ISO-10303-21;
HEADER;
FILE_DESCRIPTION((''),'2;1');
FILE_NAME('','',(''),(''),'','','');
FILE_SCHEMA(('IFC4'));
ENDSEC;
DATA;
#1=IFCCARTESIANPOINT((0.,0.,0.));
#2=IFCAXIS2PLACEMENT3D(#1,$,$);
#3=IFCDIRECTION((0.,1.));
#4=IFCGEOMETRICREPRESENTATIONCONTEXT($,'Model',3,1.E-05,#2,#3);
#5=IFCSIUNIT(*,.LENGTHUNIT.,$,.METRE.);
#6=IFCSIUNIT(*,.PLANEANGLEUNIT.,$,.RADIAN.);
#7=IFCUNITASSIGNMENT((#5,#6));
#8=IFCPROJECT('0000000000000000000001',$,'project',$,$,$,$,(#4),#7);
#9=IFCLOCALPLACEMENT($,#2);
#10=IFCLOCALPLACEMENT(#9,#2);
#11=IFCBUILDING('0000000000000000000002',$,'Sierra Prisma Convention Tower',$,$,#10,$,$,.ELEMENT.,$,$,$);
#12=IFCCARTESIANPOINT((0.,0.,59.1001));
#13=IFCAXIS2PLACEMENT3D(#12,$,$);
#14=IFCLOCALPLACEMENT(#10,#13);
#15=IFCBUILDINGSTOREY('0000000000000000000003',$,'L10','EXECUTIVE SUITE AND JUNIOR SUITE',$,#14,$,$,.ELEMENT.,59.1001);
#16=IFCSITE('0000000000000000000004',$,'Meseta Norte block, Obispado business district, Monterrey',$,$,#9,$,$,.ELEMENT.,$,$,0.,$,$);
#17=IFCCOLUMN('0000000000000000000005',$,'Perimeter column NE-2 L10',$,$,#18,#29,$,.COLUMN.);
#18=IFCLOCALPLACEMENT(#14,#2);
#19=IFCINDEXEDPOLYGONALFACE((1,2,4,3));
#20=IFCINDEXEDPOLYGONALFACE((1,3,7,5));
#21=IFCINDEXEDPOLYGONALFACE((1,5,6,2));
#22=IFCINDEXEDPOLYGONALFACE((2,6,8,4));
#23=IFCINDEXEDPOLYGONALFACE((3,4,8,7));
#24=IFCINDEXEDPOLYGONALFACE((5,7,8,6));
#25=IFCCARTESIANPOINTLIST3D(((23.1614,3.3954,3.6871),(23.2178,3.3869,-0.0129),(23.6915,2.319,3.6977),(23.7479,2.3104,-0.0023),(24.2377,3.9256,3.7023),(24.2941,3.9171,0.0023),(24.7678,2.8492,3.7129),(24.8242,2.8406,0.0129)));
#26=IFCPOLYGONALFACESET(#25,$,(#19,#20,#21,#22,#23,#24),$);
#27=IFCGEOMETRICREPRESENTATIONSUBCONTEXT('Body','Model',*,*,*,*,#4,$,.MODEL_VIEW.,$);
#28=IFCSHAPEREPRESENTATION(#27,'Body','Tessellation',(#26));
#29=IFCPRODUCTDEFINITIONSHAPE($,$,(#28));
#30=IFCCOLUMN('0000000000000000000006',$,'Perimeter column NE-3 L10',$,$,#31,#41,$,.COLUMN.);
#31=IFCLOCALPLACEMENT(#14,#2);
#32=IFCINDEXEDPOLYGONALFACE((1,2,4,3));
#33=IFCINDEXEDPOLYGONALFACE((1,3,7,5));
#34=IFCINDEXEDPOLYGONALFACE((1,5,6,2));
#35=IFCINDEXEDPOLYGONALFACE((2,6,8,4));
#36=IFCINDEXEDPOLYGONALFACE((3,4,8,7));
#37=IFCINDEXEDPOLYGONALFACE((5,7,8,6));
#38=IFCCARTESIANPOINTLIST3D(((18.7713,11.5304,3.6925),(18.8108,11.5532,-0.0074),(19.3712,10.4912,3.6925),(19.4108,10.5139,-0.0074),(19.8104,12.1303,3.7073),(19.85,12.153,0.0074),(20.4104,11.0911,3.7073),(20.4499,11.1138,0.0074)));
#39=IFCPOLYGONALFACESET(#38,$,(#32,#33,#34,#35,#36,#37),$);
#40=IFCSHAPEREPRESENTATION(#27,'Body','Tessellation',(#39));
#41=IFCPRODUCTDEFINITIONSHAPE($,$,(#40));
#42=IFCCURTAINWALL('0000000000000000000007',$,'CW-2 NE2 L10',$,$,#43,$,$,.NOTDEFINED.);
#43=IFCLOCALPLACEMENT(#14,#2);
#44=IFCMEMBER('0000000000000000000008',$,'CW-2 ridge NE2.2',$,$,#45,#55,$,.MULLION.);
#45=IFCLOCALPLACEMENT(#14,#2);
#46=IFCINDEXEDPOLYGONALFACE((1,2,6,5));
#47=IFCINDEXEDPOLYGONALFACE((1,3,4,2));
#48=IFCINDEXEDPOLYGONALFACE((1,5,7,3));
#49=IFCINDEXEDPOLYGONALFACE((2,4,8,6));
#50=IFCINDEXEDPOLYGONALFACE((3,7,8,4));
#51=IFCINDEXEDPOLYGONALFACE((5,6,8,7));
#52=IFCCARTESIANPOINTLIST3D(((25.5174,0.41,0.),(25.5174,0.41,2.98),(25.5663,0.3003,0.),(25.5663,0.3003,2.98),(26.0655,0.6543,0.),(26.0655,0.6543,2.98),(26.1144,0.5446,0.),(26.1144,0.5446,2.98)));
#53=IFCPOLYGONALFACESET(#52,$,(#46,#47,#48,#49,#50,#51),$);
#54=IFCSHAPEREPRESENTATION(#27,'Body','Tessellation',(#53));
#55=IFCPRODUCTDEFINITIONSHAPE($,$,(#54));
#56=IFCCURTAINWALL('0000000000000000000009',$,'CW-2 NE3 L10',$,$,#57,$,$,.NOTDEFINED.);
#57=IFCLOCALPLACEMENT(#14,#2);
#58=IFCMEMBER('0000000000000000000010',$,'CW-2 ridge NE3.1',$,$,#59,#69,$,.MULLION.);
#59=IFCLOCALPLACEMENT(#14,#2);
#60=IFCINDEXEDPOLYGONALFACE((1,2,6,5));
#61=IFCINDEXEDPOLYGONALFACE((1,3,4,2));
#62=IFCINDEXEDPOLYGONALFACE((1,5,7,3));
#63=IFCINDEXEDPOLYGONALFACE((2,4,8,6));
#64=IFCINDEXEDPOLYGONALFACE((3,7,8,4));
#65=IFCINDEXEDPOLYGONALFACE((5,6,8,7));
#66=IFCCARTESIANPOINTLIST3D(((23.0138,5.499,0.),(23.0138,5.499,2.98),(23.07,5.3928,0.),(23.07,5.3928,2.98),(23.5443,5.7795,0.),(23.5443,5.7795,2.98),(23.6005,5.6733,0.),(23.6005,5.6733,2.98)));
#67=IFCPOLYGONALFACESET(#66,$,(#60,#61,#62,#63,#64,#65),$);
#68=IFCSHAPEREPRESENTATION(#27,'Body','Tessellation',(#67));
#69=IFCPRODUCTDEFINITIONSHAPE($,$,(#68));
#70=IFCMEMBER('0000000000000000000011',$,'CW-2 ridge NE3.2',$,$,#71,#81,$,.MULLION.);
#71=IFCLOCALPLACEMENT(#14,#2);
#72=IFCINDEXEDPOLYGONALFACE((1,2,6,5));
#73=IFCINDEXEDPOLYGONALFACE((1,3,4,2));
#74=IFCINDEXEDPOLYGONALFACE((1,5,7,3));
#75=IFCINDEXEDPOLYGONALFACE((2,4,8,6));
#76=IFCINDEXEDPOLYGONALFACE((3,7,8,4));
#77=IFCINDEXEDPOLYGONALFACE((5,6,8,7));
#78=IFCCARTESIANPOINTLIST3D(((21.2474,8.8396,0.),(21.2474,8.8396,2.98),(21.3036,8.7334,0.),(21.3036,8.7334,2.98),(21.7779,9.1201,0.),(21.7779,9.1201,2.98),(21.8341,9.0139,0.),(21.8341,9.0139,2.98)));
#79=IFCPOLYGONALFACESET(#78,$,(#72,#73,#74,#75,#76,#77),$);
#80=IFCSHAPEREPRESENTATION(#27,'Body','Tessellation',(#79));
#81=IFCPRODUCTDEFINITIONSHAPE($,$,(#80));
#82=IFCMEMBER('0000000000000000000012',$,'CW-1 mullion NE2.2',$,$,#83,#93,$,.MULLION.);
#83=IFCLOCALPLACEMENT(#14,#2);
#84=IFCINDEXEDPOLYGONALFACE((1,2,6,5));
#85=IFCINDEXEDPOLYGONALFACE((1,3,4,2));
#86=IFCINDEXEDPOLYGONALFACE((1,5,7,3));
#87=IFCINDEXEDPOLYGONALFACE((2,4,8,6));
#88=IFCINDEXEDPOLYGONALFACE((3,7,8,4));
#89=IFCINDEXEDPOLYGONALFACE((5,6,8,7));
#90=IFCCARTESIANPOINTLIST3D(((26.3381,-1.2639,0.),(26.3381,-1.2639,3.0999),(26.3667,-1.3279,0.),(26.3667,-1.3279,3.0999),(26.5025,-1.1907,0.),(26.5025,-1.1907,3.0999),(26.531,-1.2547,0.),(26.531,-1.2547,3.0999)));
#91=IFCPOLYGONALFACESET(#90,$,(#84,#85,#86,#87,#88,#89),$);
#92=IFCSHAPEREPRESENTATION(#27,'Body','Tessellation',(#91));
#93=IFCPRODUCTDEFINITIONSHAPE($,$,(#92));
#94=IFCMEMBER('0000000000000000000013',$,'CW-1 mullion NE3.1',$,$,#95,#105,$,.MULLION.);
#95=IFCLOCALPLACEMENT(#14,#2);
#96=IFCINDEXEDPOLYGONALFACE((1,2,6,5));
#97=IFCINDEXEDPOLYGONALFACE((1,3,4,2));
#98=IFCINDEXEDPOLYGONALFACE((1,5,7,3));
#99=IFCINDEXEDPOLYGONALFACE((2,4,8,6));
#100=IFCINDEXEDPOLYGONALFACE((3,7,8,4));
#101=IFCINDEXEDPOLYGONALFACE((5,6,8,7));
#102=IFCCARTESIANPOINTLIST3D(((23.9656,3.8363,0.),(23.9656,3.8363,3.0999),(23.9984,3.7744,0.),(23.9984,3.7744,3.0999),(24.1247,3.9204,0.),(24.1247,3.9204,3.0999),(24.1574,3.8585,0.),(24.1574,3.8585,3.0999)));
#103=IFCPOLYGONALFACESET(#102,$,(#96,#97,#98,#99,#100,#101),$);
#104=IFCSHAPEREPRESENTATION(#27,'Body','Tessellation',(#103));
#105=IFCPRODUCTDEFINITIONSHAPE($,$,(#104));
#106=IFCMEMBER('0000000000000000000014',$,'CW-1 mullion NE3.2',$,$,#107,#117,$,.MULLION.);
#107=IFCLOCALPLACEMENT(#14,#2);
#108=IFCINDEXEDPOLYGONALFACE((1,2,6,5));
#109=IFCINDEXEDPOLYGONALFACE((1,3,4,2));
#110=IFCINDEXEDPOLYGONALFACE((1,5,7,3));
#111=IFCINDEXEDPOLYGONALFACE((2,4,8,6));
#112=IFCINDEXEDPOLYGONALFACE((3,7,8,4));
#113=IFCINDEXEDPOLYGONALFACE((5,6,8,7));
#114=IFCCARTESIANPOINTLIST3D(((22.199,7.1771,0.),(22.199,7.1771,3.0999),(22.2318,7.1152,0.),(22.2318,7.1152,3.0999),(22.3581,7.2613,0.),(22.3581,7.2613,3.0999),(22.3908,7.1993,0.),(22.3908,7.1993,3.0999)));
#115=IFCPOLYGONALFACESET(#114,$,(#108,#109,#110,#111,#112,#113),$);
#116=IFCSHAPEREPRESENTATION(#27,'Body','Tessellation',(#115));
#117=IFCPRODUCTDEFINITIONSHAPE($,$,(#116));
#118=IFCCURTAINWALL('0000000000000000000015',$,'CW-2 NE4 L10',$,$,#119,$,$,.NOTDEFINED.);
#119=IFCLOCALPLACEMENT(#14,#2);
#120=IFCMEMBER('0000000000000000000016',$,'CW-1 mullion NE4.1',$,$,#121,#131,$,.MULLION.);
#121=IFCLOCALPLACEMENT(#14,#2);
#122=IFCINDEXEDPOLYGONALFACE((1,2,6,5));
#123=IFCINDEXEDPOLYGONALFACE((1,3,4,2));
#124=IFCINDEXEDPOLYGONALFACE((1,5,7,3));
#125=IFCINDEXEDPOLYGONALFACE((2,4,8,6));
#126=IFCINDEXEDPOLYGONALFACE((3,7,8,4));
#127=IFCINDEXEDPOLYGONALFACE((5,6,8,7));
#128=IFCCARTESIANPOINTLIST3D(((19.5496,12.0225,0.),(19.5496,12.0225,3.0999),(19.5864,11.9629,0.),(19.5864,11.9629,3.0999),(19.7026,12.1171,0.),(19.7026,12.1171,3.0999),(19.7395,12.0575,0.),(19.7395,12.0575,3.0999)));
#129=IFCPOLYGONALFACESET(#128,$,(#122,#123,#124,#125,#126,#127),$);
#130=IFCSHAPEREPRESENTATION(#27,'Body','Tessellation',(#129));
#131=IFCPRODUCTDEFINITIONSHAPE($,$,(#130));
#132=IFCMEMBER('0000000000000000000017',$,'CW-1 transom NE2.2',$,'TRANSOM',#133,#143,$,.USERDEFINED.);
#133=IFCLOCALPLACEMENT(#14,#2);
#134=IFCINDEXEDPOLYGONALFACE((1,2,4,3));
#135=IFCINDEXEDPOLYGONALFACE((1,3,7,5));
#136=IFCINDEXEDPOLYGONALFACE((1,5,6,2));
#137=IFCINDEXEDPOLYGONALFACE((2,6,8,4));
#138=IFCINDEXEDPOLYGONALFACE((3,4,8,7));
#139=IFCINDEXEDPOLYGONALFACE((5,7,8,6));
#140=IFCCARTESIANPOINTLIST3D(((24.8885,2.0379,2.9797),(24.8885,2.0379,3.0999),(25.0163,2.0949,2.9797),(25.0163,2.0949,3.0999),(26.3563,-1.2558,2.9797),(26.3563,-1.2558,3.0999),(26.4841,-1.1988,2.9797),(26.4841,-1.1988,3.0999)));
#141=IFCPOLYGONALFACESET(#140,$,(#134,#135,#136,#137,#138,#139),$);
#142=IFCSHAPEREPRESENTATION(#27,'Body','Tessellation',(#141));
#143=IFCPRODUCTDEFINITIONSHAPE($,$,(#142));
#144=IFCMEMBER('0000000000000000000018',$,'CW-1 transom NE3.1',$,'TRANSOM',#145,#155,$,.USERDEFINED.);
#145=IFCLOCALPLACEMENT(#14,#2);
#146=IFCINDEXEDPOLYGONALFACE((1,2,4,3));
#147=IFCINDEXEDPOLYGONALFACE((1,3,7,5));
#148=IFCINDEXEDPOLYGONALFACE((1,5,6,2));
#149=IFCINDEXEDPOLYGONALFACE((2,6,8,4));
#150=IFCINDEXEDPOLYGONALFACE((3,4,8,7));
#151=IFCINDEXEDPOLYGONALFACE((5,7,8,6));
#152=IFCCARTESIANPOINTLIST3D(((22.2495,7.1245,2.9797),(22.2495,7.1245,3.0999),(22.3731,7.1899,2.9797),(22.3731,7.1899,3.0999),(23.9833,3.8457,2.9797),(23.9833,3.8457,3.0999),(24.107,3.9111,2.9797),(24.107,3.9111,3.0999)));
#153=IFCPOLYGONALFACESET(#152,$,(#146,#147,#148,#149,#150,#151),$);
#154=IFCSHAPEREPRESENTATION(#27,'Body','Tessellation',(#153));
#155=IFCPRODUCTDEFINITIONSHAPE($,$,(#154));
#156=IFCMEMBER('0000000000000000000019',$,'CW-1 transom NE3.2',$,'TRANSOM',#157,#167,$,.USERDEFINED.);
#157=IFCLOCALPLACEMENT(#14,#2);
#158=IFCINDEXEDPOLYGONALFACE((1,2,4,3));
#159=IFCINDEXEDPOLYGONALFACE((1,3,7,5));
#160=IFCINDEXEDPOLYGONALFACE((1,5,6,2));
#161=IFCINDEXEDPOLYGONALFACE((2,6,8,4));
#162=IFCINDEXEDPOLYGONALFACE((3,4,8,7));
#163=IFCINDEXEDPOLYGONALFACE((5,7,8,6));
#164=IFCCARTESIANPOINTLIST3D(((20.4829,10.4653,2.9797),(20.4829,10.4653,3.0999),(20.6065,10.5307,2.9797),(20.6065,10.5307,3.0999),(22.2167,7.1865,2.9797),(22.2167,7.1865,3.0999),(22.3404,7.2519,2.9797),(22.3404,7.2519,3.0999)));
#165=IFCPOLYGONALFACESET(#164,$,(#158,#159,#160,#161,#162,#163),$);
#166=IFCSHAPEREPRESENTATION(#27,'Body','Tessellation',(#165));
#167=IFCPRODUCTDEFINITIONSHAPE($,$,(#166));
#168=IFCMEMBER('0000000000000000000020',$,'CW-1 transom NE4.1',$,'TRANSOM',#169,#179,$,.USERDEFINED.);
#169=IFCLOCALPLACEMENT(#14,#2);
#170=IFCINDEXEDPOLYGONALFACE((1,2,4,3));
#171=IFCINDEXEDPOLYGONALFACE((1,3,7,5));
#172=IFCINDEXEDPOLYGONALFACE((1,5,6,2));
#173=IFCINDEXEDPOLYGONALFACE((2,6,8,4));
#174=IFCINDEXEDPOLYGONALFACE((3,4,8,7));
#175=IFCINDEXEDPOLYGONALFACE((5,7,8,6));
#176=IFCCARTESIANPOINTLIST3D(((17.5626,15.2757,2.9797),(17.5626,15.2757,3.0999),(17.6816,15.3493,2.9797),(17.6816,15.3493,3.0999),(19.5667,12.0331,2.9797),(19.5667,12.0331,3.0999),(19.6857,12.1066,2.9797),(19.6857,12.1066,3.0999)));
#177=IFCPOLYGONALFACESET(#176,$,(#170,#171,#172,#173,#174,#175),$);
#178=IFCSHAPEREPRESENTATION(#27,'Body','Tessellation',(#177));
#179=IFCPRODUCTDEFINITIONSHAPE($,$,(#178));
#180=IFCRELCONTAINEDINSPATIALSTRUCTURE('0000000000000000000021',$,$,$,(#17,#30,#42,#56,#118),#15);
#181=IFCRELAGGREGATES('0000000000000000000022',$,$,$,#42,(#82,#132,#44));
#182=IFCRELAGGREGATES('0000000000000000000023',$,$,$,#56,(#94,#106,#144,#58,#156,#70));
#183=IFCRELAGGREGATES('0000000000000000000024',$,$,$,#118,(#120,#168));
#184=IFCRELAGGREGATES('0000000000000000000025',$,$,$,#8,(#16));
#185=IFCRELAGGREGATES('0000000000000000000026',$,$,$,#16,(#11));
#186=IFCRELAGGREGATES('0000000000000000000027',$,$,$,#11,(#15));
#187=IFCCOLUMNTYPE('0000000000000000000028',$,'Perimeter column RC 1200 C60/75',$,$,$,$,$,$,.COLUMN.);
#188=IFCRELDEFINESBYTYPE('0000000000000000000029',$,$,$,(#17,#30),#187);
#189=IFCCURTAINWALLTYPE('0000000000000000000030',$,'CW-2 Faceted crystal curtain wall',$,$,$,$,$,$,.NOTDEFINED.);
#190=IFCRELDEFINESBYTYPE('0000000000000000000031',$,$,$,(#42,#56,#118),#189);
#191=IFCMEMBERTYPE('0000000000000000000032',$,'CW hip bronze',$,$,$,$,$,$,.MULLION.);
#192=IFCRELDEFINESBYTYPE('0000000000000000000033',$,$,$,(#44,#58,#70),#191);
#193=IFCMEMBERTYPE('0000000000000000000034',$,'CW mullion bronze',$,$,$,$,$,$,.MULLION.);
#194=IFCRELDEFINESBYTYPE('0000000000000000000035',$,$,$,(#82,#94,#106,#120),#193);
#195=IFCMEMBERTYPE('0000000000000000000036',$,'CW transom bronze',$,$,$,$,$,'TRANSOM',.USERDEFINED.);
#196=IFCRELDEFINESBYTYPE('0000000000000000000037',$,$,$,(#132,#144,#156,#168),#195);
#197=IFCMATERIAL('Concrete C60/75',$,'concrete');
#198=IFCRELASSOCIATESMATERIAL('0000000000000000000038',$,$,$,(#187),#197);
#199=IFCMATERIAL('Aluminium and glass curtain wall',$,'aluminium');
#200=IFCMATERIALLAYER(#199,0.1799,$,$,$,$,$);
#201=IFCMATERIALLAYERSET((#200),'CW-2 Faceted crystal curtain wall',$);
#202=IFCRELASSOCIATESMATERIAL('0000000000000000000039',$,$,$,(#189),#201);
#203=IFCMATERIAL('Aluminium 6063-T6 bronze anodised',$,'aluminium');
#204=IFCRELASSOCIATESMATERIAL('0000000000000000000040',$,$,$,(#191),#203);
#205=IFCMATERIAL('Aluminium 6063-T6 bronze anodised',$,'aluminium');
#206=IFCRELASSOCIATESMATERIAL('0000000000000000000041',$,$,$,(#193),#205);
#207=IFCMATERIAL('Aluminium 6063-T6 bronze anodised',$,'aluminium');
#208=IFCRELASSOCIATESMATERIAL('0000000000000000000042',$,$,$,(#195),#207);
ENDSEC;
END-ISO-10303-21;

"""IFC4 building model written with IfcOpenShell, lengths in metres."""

from ifc_helpers import new_model, si_unit, direction, frame, origin, origin_2d, place, context, subcontext, project, spatial, rectangle, extrude, material, layer, layer_set, material_profile, profile_set, type_object, element, aggregate, save


model = new_model("IFC4")

# Units and contexts
model_context = context("Model", 3, precision=1e-05, world=origin(), true_north=direction((0.0, 1.0)))
body_context = subcontext(model_context, "Body", "Model", "MODEL_VIEW")
ifc_project = project(units=[si_unit("LENGTHUNIT", "METRE"), si_unit("PLANEANGLEUNIT", "RADIAN")], contexts=[model_context])

# Site, building, storey
site_placement = place(None, origin())
site = spatial("IfcSite", under=ifc_project, at=site_placement, Name="Meseta Norte block, Obispado business district, Monterrey", CompositionType="ELEMENT", RefElevation=0.0)
building_placement = place(site_placement, origin())
building = spatial("IfcBuilding", under=site, at=building_placement, Name="Sierra Prisma Convention Tower", CompositionType="ELEMENT")
storey_placement = place(building_placement, frame((0.0, 0.0, 59.1001)))
storey = spatial("IfcBuildingStorey", under=building, at=storey_placement, Name="L10", Description="EXECUTIVE SUITE AND JUNIOR SUITE", CompositionType="ELEMENT", Elevation=59.1001)

# Columns
ifc_material_1 = material(Name="Concrete C60/75", Category="concrete")
ifc_material_profile_1 = material_profile(ifc_material_1, rectangle(XDim=1.2, YDim=1.2, at=origin_2d()), Name="Perimeter column RC 1200 C60/75")
ifc_profile_set_1 = profile_set([ifc_material_profile_1], Name="Concrete C60/75")
column_type = type_object("IfcColumnType", Name="Perimeter column RC 1200 C60/75", PredefinedType="COLUMN", material=ifc_profile_set_1)
column_1_placement = place(storey_placement, frame((24.021, 3.1138, 0.0), z_axis=(-0.015241, 0.002309, 0.999881), x_axis=(-0.441769, 0.897085, -0.008805)))
element("IfcColumn", 1, at=column_1_placement, inside=storey, type_object=column_type, Name="Perimeter column NE-2 L10", PredefinedType="COLUMN", context=body_context, shape_type="SweptSolid", body=[
    extrude(rectangle(XDim=1.2, YDim=1.2, at=origin_2d()), origin(), (0.0, 0.0, 1.0), 3.7004),
])
column_2_placement = place(storey_placement, frame((19.6304, 11.3335, 0.0), z_axis=(-0.010689, -0.006136, 0.999924), x_axis=(-0.499971, 0.866042, -0.00003)))
element("IfcColumn", 2, at=column_2_placement, inside=storey, type_object=column_type, Name="Perimeter column NE-3 L10", PredefinedType="COLUMN", context=body_context, shape_type="SweptSolid", body=[
    extrude(rectangle(XDim=1.2, YDim=1.2, at=origin_2d()), origin(), (0.0, 0.0, 1.0), 3.7002),
])

# Curtain wall, member
ifc_material_2 = material(Name="Aluminium and glass curtain wall", Category="aluminium")
ifc_layer_1 = layer(ifc_material_2, 0.1799)
ifc_layer_set_1 = layer_set([ifc_layer_1], Name="CW-2 Faceted crystal curtain wall")
curtain_wall_type = type_object("IfcCurtainWallType", Name="CW-2 Faceted crystal curtain wall", PredefinedType="NOTDEFINED", material=ifc_layer_set_1)
curtain_wall_1_placement = place(storey_placement, origin())
curtain_wall_1 = element("IfcCurtainWall", 3, at=curtain_wall_1_placement, inside=storey, type_object=curtain_wall_type, Name="CW-2 NE2 L10", PredefinedType="NOTDEFINED")
ifc_material_3 = material(Name="Aluminium 6063-T6 bronze anodised", Category="aluminium")
ifc_material_profile_2 = material_profile(ifc_material_3, rectangle(XDim=0.1201, YDim=0.6001, at=origin_2d()), Name="ALU RIDGE BLADE 120x600")
ifc_profile_set_2 = profile_set([ifc_material_profile_2], Name="Aluminium 6063-T6 bronze anodised")
member_type_1 = type_object("IfcMemberType", Name="CW hip bronze", PredefinedType="MULLION", material=ifc_profile_set_2)
member_1_placement = place(storey_placement, frame((25.8159, 0.4773, 0.0), z_axis=(0.0, 0.0, 1.0), x_axis=(-0.407055, 0.913403, 0.0)))
member_1 = element("IfcMember", 4, at=member_1_placement, type_object=member_type_1, Name="CW-2 ridge NE2.2", PredefinedType="MULLION", context=body_context, shape_type="SweptSolid", body=[
    extrude(rectangle(XDim=0.1201, YDim=0.6001, at=origin_2d()), origin(), (0.0, 0.0, 1.0), 2.98),
])

# Curtain wall, members
curtain_wall_2_placement = place(storey_placement, origin())
curtain_wall_2 = element("IfcCurtainWall", 5, at=curtain_wall_2_placement, inside=storey, type_object=curtain_wall_type, Name="CW-2 NE3 L10", PredefinedType="NOTDEFINED")
member_2_placement = place(storey_placement, frame((23.3071, 5.5862, 0.0), z_axis=(0.0, 0.0, 1.0), x_axis=(-0.467449, 0.88402, 0.0)))
member_2 = element("IfcMember", 6, at=member_2_placement, type_object=member_type_1, Name="CW-2 ridge NE3.1", PredefinedType="MULLION", context=body_context, shape_type="SweptSolid", body=[
    extrude(rectangle(XDim=0.1201, YDim=0.6001, at=origin_2d()), origin(), (0.0, 0.0, 1.0), 2.98),
])
member_3_placement = place(storey_placement, frame((21.5408, 8.9268, 0.0), z_axis=(0.0, 0.0, 1.0), x_axis=(-0.467449, 0.88402, 0.0)))
member_3 = element("IfcMember", 7, at=member_3_placement, type_object=member_type_1, Name="CW-2 ridge NE3.2", PredefinedType="MULLION", context=body_context, shape_type="SweptSolid", body=[
    extrude(rectangle(XDim=0.1201, YDim=0.6001, at=origin_2d()), origin(), (0.0, 0.0, 1.0), 2.98),
])

# Members
ifc_material_4 = material(Name="Aluminium 6063-T6 bronze anodised", Category="aluminium")
ifc_material_profile_3 = material_profile(ifc_material_4, rectangle(XDim=0.1799, YDim=0.0701, at=origin_2d()), Name="ALU MULLION 70x180")
ifc_profile_set_3 = profile_set([ifc_material_profile_3], Name="Aluminium 6063-T6 bronze anodised")
member_type_2 = type_object("IfcMemberType", Name="CW mullion bronze", PredefinedType="MULLION", material=ifc_profile_set_3)
member_4_placement = place(storey_placement, frame((26.4346, -1.2593, 0.0), z_axis=(0.0, 0.0, 1.0), x_axis=(-0.913403, -0.407055, 0.0)))
member_4 = element("IfcMember", 8, at=member_4_placement, type_object=member_type_2, Name="CW-1 mullion NE2.2", PredefinedType="MULLION", context=body_context, shape_type="SweptSolid", body=[
    extrude(rectangle(XDim=0.1799, YDim=0.0701, at=origin_2d()), origin(), (0.0, 0.0, 1.0), 3.0999),
])
member_5_placement = place(storey_placement, frame((24.0615, 3.8474, 0.0), z_axis=(0.0, 0.0, 1.0), x_axis=(-0.88402, -0.467449, 0.0)))
member_5 = element("IfcMember", 9, at=member_5_placement, type_object=member_type_2, Name="CW-1 mullion NE3.1", PredefinedType="MULLION", context=body_context, shape_type="SweptSolid", body=[
    extrude(rectangle(XDim=0.1799, YDim=0.0701, at=origin_2d()), origin(), (0.0, 0.0, 1.0), 3.0999),
])
member_6_placement = place(storey_placement, frame((22.2949, 7.1882, 0.0), z_axis=(0.0, 0.0, 1.0), x_axis=(-0.88402, -0.467449, 0.0)))
member_6 = element("IfcMember", 10, at=member_6_placement, type_object=member_type_2, Name="CW-1 mullion NE3.2", PredefinedType="MULLION", context=body_context, shape_type="SweptSolid", body=[
    extrude(rectangle(XDim=0.1799, YDim=0.0701, at=origin_2d()), origin(), (0.0, 0.0, 1.0), 3.0999),
])

# Curtain wall, member
curtain_wall_3_placement = place(storey_placement, origin())
curtain_wall_3 = element("IfcCurtainWall", 11, at=curtain_wall_3_placement, inside=storey, type_object=curtain_wall_type, Name="CW-2 NE4 L10", PredefinedType="NOTDEFINED")
member_7_placement = place(storey_placement, frame((19.6445, 12.04, 0.0), z_axis=(0.0, 0.0, 1.0), x_axis=(-0.850649, -0.525734, 0.0)))
member_7 = element("IfcMember", 12, at=member_7_placement, type_object=member_type_2, Name="CW-1 mullion NE4.1", PredefinedType="MULLION", context=body_context, shape_type="SweptSolid", body=[
    extrude(rectangle(XDim=0.1799, YDim=0.0701, at=origin_2d()), origin(), (0.0, 0.0, 1.0), 3.0999),
])

# Members
ifc_material_5 = material(Name="Aluminium 6063-T6 bronze anodised", Category="aluminium")
ifc_material_profile_4 = material_profile(ifc_material_5, rectangle(XDim=0.1399, YDim=0.1201, at=origin_2d()), Name="ALU TRANSOM 120x140")
ifc_profile_set_4 = profile_set([ifc_material_profile_4], Name="Aluminium 6063-T6 bronze anodised")
member_type_3 = type_object("IfcMemberType", Name="CW transom bronze", ElementType="TRANSOM", PredefinedType="USERDEFINED", material=ifc_profile_set_4)
member_8_placement = place(storey_placement, frame((26.4202, -1.2273, 3.0398), z_axis=(-0.407043, 0.913409, 0.0), x_axis=(-0.913409, -0.407043, 0.0)))
member_8 = element("IfcMember", 13, at=member_8_placement, type_object=member_type_3, Name="CW-1 transom NE2.2", ObjectType="TRANSOM", PredefinedType="USERDEFINED", context=body_context, shape_type="SweptSolid", body=[
    extrude(rectangle(XDim=0.1399, YDim=0.1201, at=origin_2d()), origin(), (0.0, 0.0, 1.0), 3.606),
])
member_9_placement = place(storey_placement, frame((24.0452, 3.8784, 3.0398), z_axis=(-0.467476, 0.884006, 0.0), x_axis=(-0.884006, -0.467476, 0.0)))
member_9 = element("IfcMember", 14, at=member_9_placement, type_object=member_type_3, Name="CW-1 transom NE3.1", ObjectType="TRANSOM", PredefinedType="USERDEFINED", context=body_context, shape_type="SweptSolid", body=[
    extrude(rectangle(XDim=0.1399, YDim=0.1201, at=origin_2d()), origin(), (0.0, 0.0, 1.0), 3.709),
])
member_10_placement = place(storey_placement, frame((22.2786, 7.2192, 3.0398), z_axis=(-0.467476, 0.884006, 0.0), x_axis=(-0.884006, -0.467476, 0.0)))
member_10 = element("IfcMember", 15, at=member_10_placement, type_object=member_type_3, Name="CW-1 transom NE3.2", ObjectType="TRANSOM", PredefinedType="USERDEFINED", context=body_context, shape_type="SweptSolid", body=[
    extrude(rectangle(XDim=0.1399, YDim=0.1201, at=origin_2d()), origin(), (0.0, 0.0, 1.0), 3.709),
])
member_11_placement = place(storey_placement, frame((19.6262, 12.0698, 3.0398), z_axis=(-0.525744, 0.850643, 0.0), x_axis=(-0.850643, -0.525744, 0.0)))
member_11 = element("IfcMember", 16, at=member_11_placement, type_object=member_type_3, Name="CW-1 transom NE4.1", ObjectType="TRANSOM", PredefinedType="USERDEFINED", context=body_context, shape_type="SweptSolid", body=[
    extrude(rectangle(XDim=0.1399, YDim=0.1201, at=origin_2d()), origin(), (0.0, 0.0, 1.0), 3.812),
])

aggregate(curtain_wall_1, [member_4, member_8, member_1])
aggregate(curtain_wall_2, [member_5, member_6, member_9, member_2, member_10, member_3])
aggregate(curtain_wall_3, [member_7, member_11])

save(model, "model.ifc")
